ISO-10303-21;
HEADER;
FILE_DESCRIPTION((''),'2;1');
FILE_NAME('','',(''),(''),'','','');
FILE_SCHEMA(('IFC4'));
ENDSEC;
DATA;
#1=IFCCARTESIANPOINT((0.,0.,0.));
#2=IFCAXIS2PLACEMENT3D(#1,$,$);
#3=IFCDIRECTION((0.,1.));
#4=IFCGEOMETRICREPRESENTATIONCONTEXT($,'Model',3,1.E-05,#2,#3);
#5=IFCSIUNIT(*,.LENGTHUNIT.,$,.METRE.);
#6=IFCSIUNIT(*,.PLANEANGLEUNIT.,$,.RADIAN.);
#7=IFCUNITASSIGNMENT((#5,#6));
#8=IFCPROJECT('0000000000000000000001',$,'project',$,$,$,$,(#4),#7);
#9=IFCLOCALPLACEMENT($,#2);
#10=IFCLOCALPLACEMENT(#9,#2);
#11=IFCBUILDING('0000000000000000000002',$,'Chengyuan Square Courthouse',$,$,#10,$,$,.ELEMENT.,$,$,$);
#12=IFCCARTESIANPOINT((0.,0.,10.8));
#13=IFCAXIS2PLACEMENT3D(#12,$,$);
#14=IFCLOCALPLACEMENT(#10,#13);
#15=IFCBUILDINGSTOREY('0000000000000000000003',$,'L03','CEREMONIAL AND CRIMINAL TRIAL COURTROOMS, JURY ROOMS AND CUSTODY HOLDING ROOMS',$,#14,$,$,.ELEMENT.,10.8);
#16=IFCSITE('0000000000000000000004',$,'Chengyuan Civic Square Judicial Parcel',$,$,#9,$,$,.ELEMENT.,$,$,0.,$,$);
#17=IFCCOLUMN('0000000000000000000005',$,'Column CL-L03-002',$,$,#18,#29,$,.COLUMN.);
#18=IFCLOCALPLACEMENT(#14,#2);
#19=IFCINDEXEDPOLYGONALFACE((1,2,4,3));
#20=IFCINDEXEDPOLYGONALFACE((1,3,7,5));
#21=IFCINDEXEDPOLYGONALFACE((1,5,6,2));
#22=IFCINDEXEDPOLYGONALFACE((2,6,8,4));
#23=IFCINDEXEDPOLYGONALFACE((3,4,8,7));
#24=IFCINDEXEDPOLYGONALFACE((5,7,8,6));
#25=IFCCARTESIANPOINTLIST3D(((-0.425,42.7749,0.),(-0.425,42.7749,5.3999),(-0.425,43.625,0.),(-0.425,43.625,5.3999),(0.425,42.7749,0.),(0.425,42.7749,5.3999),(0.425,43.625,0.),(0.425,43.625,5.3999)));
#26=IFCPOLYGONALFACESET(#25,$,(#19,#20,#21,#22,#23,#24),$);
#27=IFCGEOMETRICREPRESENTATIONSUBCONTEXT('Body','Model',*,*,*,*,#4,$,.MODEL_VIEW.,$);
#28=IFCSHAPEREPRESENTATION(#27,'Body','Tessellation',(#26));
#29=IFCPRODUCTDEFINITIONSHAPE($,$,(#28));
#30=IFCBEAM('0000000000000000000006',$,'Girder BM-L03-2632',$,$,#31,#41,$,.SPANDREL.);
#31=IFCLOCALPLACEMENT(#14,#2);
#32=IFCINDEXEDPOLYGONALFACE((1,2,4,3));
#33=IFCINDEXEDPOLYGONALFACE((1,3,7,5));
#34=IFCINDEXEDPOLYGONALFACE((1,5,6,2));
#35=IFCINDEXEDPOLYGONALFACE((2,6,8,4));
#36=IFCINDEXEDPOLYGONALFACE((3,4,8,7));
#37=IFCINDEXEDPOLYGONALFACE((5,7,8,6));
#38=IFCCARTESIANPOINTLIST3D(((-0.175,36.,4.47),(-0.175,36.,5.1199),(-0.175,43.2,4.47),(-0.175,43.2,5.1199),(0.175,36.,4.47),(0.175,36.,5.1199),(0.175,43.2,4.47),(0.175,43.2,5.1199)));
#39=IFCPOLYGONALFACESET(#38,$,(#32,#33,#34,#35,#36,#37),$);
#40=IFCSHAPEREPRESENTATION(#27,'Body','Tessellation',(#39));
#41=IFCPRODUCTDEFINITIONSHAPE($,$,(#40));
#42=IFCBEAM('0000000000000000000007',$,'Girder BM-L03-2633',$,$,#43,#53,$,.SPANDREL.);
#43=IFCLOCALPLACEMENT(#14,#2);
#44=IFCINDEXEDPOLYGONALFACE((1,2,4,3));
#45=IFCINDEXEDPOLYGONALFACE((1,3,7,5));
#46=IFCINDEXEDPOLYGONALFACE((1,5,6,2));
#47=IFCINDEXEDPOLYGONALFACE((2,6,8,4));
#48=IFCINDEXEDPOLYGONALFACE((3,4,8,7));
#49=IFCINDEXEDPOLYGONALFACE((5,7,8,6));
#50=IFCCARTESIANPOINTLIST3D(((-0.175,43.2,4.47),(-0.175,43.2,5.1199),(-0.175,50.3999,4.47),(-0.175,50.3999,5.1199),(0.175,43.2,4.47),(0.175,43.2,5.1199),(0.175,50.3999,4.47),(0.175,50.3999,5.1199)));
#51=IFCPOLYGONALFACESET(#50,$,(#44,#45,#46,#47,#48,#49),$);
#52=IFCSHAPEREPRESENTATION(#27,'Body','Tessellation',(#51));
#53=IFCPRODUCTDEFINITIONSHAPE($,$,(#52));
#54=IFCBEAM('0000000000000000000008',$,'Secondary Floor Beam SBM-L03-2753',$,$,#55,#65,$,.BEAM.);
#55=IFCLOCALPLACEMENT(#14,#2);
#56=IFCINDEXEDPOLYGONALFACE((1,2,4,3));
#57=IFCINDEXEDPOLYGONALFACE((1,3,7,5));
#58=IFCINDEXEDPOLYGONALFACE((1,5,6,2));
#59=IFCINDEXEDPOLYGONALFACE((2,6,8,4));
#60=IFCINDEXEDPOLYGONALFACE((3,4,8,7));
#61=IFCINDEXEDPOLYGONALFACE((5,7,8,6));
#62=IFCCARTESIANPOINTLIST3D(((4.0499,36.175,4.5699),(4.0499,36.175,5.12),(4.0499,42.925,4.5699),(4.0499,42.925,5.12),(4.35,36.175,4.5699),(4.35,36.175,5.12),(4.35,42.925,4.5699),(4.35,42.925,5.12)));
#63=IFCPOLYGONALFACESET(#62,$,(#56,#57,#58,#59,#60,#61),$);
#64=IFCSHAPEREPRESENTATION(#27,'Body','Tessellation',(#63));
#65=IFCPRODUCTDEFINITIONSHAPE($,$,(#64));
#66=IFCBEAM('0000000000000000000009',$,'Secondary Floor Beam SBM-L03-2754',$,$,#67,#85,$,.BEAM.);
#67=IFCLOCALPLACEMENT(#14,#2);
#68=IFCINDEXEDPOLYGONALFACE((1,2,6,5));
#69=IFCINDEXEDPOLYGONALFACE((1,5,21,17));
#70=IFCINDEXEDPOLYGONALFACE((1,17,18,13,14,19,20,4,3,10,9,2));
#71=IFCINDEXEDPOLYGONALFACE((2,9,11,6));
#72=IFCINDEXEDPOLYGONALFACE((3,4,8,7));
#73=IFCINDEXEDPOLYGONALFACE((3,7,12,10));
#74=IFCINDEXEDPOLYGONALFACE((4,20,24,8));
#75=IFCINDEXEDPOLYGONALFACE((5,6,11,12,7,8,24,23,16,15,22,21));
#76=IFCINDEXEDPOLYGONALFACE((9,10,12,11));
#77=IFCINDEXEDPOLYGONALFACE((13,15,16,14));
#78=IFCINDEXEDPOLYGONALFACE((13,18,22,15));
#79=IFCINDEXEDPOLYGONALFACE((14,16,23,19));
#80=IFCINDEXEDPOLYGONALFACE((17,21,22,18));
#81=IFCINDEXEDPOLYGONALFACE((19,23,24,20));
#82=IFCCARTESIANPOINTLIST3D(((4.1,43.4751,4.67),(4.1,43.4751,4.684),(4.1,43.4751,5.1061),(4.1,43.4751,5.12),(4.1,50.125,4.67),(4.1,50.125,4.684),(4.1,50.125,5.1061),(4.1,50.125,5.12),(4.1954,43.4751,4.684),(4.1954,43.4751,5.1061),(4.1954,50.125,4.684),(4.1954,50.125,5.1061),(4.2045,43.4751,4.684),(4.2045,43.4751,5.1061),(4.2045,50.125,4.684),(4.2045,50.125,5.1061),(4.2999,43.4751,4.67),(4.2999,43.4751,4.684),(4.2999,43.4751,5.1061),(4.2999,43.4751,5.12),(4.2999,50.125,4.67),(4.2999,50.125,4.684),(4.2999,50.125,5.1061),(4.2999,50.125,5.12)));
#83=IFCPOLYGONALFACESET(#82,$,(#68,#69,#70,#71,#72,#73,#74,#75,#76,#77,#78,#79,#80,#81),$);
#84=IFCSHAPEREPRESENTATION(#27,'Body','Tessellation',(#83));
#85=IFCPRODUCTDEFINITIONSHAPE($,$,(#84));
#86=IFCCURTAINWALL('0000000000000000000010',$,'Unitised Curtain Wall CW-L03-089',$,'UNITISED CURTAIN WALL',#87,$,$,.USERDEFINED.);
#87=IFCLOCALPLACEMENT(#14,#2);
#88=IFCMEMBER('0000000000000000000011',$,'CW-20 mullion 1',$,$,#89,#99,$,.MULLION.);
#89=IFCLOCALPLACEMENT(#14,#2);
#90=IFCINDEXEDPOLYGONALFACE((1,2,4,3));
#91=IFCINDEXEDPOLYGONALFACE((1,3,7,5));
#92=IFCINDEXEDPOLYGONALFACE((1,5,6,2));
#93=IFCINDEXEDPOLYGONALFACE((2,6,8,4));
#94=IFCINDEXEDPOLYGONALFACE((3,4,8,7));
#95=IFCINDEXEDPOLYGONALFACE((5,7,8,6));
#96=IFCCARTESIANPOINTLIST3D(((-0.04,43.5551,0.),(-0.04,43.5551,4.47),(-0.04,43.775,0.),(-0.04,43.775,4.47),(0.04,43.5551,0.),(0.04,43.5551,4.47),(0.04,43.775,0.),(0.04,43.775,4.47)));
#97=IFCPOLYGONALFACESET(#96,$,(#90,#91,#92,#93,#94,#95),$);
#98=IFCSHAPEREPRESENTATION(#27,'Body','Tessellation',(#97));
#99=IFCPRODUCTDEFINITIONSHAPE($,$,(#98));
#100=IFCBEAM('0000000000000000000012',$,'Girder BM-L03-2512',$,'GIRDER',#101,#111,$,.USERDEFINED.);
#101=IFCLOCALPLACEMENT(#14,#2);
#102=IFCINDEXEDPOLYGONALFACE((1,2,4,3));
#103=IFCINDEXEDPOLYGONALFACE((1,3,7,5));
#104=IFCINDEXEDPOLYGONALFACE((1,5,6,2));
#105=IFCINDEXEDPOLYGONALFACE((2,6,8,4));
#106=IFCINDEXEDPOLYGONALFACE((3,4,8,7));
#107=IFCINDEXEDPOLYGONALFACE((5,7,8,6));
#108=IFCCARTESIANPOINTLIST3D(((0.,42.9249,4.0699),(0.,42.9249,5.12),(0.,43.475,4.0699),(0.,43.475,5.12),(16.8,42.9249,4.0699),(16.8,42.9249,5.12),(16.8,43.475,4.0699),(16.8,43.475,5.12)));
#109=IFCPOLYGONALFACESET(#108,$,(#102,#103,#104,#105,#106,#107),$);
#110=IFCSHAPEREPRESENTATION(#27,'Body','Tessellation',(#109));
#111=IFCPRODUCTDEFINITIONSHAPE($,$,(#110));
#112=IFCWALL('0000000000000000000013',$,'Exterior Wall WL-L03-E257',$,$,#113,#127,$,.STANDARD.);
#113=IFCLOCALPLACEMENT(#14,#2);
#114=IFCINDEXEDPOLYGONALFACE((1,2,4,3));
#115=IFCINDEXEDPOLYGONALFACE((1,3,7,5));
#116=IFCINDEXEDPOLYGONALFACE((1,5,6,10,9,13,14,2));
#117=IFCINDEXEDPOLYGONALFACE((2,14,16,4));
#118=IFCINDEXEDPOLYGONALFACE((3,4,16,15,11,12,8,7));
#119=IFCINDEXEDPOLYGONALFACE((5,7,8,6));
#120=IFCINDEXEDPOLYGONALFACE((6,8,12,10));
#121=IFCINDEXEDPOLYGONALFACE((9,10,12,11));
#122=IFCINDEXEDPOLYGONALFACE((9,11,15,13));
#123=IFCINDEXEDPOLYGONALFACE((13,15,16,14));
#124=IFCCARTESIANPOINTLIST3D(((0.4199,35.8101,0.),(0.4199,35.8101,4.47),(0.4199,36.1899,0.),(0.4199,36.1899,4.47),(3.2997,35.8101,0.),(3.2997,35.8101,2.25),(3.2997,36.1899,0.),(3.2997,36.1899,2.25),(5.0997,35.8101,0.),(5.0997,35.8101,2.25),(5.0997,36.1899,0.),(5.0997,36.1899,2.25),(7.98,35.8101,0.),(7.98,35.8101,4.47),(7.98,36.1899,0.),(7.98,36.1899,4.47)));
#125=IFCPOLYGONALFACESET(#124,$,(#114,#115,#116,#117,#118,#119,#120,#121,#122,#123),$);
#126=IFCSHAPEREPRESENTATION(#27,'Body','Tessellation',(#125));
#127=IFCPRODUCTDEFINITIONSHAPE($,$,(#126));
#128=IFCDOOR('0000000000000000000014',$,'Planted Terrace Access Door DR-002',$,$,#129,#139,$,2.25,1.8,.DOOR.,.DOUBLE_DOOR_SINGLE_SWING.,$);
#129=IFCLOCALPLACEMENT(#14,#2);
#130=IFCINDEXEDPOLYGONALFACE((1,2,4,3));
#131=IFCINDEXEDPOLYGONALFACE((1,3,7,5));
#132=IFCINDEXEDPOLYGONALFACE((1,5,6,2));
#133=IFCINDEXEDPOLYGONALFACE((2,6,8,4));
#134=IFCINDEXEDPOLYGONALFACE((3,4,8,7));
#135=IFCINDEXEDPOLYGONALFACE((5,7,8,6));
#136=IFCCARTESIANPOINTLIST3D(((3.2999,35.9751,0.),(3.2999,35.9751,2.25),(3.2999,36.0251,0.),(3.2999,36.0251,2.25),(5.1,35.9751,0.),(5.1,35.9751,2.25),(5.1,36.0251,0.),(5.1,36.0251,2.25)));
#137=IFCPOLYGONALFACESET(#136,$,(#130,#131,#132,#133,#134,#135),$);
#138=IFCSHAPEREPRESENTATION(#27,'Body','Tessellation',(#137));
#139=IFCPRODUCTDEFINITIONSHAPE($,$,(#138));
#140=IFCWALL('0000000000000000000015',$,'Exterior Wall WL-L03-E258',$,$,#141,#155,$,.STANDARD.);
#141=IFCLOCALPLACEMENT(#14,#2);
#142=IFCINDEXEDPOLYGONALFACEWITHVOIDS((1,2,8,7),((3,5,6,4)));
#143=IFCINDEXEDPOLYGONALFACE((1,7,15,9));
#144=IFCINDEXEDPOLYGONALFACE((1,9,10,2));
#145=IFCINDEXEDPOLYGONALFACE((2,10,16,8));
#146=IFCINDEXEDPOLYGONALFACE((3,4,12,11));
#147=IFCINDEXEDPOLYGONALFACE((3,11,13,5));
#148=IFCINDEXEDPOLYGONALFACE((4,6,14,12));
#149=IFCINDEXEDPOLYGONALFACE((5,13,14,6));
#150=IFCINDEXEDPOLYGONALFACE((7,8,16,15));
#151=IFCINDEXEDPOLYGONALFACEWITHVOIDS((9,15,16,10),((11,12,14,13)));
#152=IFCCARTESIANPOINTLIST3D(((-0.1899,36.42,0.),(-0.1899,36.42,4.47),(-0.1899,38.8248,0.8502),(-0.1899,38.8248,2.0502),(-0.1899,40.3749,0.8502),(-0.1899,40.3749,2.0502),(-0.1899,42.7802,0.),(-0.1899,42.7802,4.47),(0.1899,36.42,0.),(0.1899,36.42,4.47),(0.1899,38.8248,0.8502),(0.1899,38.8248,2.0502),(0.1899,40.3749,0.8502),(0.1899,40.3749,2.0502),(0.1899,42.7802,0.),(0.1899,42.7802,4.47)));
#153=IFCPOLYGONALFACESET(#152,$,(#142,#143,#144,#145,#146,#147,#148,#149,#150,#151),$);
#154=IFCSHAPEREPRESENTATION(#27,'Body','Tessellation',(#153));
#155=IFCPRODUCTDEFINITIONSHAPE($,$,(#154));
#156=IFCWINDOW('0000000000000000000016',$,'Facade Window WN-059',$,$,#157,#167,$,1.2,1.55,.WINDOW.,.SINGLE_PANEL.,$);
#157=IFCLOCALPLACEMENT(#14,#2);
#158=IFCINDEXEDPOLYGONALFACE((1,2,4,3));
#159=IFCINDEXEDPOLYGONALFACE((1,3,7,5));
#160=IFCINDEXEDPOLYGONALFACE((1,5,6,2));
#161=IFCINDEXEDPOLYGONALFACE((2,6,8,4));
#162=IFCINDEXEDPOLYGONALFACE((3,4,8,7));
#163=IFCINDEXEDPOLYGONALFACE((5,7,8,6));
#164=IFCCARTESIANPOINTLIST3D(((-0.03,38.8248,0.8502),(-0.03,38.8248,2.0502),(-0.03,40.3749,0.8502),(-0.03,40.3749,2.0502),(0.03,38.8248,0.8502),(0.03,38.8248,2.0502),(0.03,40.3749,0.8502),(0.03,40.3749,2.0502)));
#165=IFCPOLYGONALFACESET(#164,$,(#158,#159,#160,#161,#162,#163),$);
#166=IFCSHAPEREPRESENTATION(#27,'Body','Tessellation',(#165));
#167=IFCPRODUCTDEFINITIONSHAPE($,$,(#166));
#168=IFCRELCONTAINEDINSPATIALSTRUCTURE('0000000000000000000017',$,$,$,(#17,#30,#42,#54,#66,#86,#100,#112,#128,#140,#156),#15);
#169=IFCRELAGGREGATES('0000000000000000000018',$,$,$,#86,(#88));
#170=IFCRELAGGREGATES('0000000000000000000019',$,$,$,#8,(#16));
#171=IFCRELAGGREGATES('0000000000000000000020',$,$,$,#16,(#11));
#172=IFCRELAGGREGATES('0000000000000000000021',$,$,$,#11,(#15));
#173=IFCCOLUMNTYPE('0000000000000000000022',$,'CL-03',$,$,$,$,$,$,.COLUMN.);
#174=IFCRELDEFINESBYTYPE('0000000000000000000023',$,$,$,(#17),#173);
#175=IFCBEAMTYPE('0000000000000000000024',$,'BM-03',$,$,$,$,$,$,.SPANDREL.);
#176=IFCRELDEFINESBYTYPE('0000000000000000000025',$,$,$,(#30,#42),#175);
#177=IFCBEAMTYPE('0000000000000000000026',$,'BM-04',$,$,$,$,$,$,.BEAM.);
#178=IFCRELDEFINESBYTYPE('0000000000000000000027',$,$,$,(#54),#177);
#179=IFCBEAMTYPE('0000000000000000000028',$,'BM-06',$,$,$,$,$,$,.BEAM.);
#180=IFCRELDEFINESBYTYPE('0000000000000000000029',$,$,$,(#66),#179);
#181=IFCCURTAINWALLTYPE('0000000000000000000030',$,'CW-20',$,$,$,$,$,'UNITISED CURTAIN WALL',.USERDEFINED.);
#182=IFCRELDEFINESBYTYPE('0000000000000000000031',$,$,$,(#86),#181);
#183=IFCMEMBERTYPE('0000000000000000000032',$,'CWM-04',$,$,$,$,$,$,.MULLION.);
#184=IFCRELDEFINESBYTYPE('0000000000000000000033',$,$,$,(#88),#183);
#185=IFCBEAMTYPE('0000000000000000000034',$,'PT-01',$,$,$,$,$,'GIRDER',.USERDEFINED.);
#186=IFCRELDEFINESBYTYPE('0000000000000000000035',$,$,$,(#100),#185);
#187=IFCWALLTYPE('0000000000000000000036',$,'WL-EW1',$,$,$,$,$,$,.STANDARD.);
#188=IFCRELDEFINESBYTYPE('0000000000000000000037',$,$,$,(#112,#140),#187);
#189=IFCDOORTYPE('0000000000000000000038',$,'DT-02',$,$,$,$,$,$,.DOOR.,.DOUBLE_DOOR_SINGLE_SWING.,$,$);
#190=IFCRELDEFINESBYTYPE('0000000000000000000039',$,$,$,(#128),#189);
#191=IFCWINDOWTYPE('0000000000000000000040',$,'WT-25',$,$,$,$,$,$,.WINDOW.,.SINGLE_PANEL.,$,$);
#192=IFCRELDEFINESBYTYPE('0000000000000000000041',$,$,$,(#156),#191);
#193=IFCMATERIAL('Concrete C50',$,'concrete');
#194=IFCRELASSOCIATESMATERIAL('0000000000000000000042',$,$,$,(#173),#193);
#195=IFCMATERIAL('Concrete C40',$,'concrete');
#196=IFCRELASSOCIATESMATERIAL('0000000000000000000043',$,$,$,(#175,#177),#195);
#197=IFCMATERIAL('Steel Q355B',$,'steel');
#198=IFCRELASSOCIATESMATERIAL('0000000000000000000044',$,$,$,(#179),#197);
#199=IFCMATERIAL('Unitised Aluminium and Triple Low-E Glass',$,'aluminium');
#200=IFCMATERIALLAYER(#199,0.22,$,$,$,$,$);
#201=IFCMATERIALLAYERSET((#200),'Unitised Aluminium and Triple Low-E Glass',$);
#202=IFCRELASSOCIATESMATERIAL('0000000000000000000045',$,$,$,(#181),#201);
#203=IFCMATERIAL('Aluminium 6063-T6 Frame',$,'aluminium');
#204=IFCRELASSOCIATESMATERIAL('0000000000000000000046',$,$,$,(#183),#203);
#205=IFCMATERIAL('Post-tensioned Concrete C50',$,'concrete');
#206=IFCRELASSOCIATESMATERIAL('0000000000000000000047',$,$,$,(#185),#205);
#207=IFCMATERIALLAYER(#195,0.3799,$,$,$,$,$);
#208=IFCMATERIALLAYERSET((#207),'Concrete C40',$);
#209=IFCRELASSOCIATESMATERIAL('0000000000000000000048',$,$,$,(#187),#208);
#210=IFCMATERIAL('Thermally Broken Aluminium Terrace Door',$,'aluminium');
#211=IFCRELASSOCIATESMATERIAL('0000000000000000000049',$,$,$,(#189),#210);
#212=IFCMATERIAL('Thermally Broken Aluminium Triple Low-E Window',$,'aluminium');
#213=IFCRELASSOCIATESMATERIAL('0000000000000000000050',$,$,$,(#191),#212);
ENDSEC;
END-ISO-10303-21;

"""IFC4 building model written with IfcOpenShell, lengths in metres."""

from ifc_helpers import new_model, si_unit, direction, frame, frame_2d, origin, origin_2d, place, context, subcontext, project, spatial, rectangle, i_section, extrude, material, layer, layer_set, material_profile, profile_set, type_object, element, fill, aggregate, save


model = new_model("IFC4")

# Units and contexts
model_context = context("Model", 3, precision=1e-05, world=origin(), true_north=direction((0.0, 1.0)))
body_context = subcontext(model_context, "Body", "Model", "MODEL_VIEW")
ifc_project = project(units=[si_unit("LENGTHUNIT", "METRE"), si_unit("PLANEANGLEUNIT", "RADIAN")], contexts=[model_context])

# Site, building, storey
site_placement = place(None, origin())
site = spatial("IfcSite", under=ifc_project, at=site_placement, Name="Chengyuan Civic Square Judicial Parcel", CompositionType="ELEMENT", RefElevation=0.0)
building_placement = place(site_placement, origin())
building = spatial("IfcBuilding", under=site, at=building_placement, Name="Chengyuan Square Courthouse", CompositionType="ELEMENT")
storey_placement = place(building_placement, frame((0.0, 0.0, 10.8)))
storey = spatial("IfcBuildingStorey", under=building, at=storey_placement, Name="L03", Description="CEREMONIAL AND CRIMINAL TRIAL COURTROOMS, JURY ROOMS AND CUSTODY HOLDING ROOMS", CompositionType="ELEMENT", Elevation=10.8)

# Column
ifc_material_1 = material(Name="Concrete C50", Category="concrete")
ifc_material_profile_1 = material_profile(ifc_material_1, rectangle(XDim=0.8501, YDim=0.8501, at=origin_2d()), Name="RC-COL-850x850")
ifc_profile_set_1 = profile_set([ifc_material_profile_1], Name="Concrete C50")
column_type = type_object("IfcColumnType", Name="CL-03", PredefinedType="COLUMN", material=ifc_profile_set_1)
column_placement = place(storey_placement, frame((0.0, 43.2, 0.0), z_axis=(0.0, 0.0, 1.0), x_axis=(1.0, 0.0, 0.0)))
element("IfcColumn", 1, at=column_placement, inside=storey, type_object=column_type, Name="Column CL-L03-002", PredefinedType="COLUMN", context=body_context, shape_type="SweptSolid", body=[
    extrude(rectangle(XDim=0.8501, YDim=0.8501, at=origin_2d()), origin(), (0.0, 0.0, 1.0), 5.3999),
])

# Beams
ifc_material_2 = material(Name="Concrete C40", Category="concrete")
ifc_material_profile_2 = material_profile(ifc_material_2, rectangle(XDim=0.3501, YDim=0.6499, at=origin_2d()), Name="RC-BM-350x650")
ifc_profile_set_2 = profile_set([ifc_material_profile_2], Name="Concrete C40")
beam_type_1 = type_object("IfcBeamType", Name="BM-03", PredefinedType="SPANDREL", material=ifc_profile_set_2)
for number, where, z_axis, x_axis, name in (
    (2, (0.0, 36.0, 4.7949), (0.0, 1.0, 0.0), (-1.0, 0.0, 0.0), "Girder BM-L03-2632"),
    (3, (0.0, 43.2, 4.7949), (0.0, 1.0, 0.0), (-1.0, 0.0, 0.0), "Girder BM-L03-2633"),
):
    element("IfcBeam", number, at=place(storey_placement, frame(where, z_axis=z_axis, x_axis=x_axis)), inside=storey, type_object=beam_type_1, Name=name, PredefinedType="SPANDREL", context=body_context, shape_type="SweptSolid", body=[
        extrude(rectangle(XDim=0.3501, YDim=0.6499, at=origin_2d()), origin(), (0.0, 0.0, 1.0), 7.2),
    ])
ifc_material_profile_3 = material_profile(ifc_material_2, rectangle(XDim=0.3, YDim=0.55, at=origin_2d()), Name="RC-BM-300x550")
ifc_profile_set_3 = profile_set([ifc_material_profile_3], Name="Concrete C40")
beam_type_2 = type_object("IfcBeamType", Name="BM-04", PredefinedType="BEAM", material=ifc_profile_set_3)
beam_1_placement = place(storey_placement, frame((4.2, 36.175, 4.845), z_axis=(0.0, 1.0, 0.0), x_axis=(-1.0, 0.0, 0.0)))
element("IfcBeam", 4, at=beam_1_placement, inside=storey, type_object=beam_type_2, Name="Secondary Floor Beam SBM-L03-2753", PredefinedType="BEAM", context=body_context, shape_type="SweptSolid", body=[
    extrude(rectangle(XDim=0.3, YDim=0.55, at=origin_2d()), origin(), (0.0, 0.0, 1.0), 6.75),
])
ifc_material_3 = material(Name="Steel Q355B", Category="steel")
ifc_material_profile_4 = material_profile(ifc_material_3, i_section(OverallWidth=0.2, OverallDepth=0.45, WebThickness=0.009, FlangeThickness=0.0139, at=origin_2d()), Name="HN 450x200x9x14")
ifc_profile_set_4 = profile_set([ifc_material_profile_4], Name="Steel Q355B")
beam_type_3 = type_object("IfcBeamType", Name="BM-06", PredefinedType="BEAM", material=ifc_profile_set_4)
beam_2_placement = place(storey_placement, frame((4.2, 43.4751, 4.895), z_axis=(0.0, 1.0, 0.0), x_axis=(-1.0, 0.0, 0.0)))
element("IfcBeam", 5, at=beam_2_placement, inside=storey, type_object=beam_type_3, Name="Secondary Floor Beam SBM-L03-2754", PredefinedType="BEAM", context=body_context, shape_type="SweptSolid", body=[
    extrude(i_section(OverallWidth=0.2, OverallDepth=0.45, WebThickness=0.009, FlangeThickness=0.0139, at=origin_2d()), origin(), (0.0, 0.0, 1.0), 6.6499),
])

# Curtain wall, member
ifc_material_4 = material(Name="Unitised Aluminium and Triple Low-E Glass", Category="aluminium")
ifc_layer_1 = layer(ifc_material_4, 0.22)
ifc_layer_set_1 = layer_set([ifc_layer_1], Name="Unitised Aluminium and Triple Low-E Glass")
curtain_wall_type = type_object("IfcCurtainWallType", Name="CW-20", ElementType="UNITISED CURTAIN WALL", PredefinedType="USERDEFINED", material=ifc_layer_set_1)
curtain_wall_placement = place(storey_placement, origin())
curtain_wall = element("IfcCurtainWall", 6, at=curtain_wall_placement, inside=storey, type_object=curtain_wall_type, Name="Unitised Curtain Wall CW-L03-089", ObjectType="UNITISED CURTAIN WALL", PredefinedType="USERDEFINED")
ifc_material_5 = material(Name="Aluminium 6063-T6 Frame", Category="aluminium")
ifc_material_profile_5 = material_profile(ifc_material_5, rectangle(XDim=0.0801, YDim=0.22, at=origin_2d()), Name="CW-MUL-80x220")
ifc_profile_set_5 = profile_set([ifc_material_profile_5], Name="Aluminium 6063-T6 Frame")
member_type = type_object("IfcMemberType", Name="CWM-04", PredefinedType="MULLION", material=ifc_profile_set_5)
member_placement = place(storey_placement, frame((0.0, 43.665, 0.0), z_axis=(0.0, 0.0, 1.0), x_axis=(-1.0, 0.0, 0.0)))
member = element("IfcMember", 7, at=member_placement, type_object=member_type, Name="CW-20 mullion 1", PredefinedType="MULLION", context=body_context, shape_type="SweptSolid", body=[
    extrude(rectangle(XDim=0.0801, YDim=0.22, at=origin_2d()), origin(), (0.0, 0.0, 1.0), 4.47),
])
aggregate(curtain_wall, [member])

# Beam
ifc_material_6 = material(Name="Post-tensioned Concrete C50", Category="concrete")
ifc_material_profile_6 = material_profile(ifc_material_6, rectangle(XDim=0.55, YDim=1.05, at=origin_2d()), Name="PT-BM-550x1050")
ifc_profile_set_6 = profile_set([ifc_material_profile_6], Name="Post-tensioned Concrete C50")
beam_type_4 = type_object("IfcBeamType", Name="PT-01", ElementType="GIRDER", PredefinedType="USERDEFINED", material=ifc_profile_set_6)
beam_3_placement = place(storey_placement, frame((0.0, 43.2, 4.595), z_axis=(1.0, 0.0, 0.0), x_axis=(0.0, 1.0, 0.0)))
element("IfcBeam", 8, at=beam_3_placement, inside=storey, type_object=beam_type_4, Name="Girder BM-L03-2512", ObjectType="GIRDER", PredefinedType="USERDEFINED", context=body_context, shape_type="SweptSolid", body=[
    extrude(rectangle(XDim=0.55, YDim=1.05, at=origin_2d()), origin(), (0.0, 0.0, 1.0), 16.8),
])

# Wall, opening, door
ifc_layer_2 = layer(ifc_material_2, 0.3799)
ifc_layer_set_2 = layer_set([ifc_layer_2], Name="Concrete C40")
wall_type_1 = type_object("IfcWallType", Name="WL-EW1", PredefinedType="STANDARD", material=ifc_layer_set_2)
wall_1_placement = place(storey_placement, frame((0.4199, 36.0, 0.0), z_axis=(0.0, 0.0, 1.0), x_axis=(1.0, 0.0, 0.0)))
wall_1 = element("IfcWall", 9, at=wall_1_placement, inside=storey, type_object=wall_type_1, Name="Exterior Wall WL-L03-E257", PredefinedType="STANDARD", context=body_context, shape_type="SweptSolid", body=[
    extrude(rectangle(XDim=7.5601, YDim=0.3799, at=frame_2d((3.78, 0.0))), origin(), (0.0, 0.0, 1.0), 4.47),
])
opening_1_placement = place(wall_1_placement, frame((2.8799, 0.0, 0.0)))
opening_1 = element("IfcOpeningElement", 10, at=opening_1_placement, cuts=wall_1, PredefinedType="OPENING", context=body_context, shape_type="SweptSolid", body=[
    extrude(rectangle(XDim=1.8, YDim=2.25, at=frame_2d((0.8999, 1.125))), frame((0.0, 0.2019, 0.0), z_axis=(0.0, -1.0, 0.0), x_axis=(1.0, 0.0, 0.0)), (0.0, 0.0, 1.0), 0.4038),
])
ifc_material_7 = material(Name="Thermally Broken Aluminium Terrace Door", Category="aluminium")
door_type_1 = type_object("IfcDoorType", Name="DT-02", OperationType="DOUBLE_DOOR_SINGLE_SWING", PredefinedType="DOOR", material=ifc_material_7)
door_1_placement = place(opening_1_placement, frame((1.8, 0.0, 0.0), z_axis=(0.0, 0.0, 1.0), x_axis=(-1.0, 0.0, 0.0)))
door_1 = element("IfcDoor", 11, at=door_1_placement, inside=storey, type_object=door_type_1, Name="Planted Terrace Access Door DR-002", OperationType="DOUBLE_DOOR_SINGLE_SWING", OverallHeight=2.25, OverallWidth=1.8, PredefinedType="DOOR", context=body_context, shape_type="SweptSolid", body=[
    extrude(rectangle(XDim=1.8, YDim=2.25, at=frame_2d((0.8999, 1.125))), frame((0.0, 0.0249, 0.0), z_axis=(0.0, -1.0, 0.0), x_axis=(1.0, 0.0, 0.0)), (0.0, 0.0, 1.0), 0.05),
])
fill(opening_1, door_1)

# Wall, opening, window
wall_2_placement = place(storey_placement, frame((0.0, 36.4199, 0.0), z_axis=(0.0, 0.0, 1.0), x_axis=(0.0, 1.0, 0.0)))
wall_2 = element("IfcWall", 12, at=wall_2_placement, inside=storey, type_object=wall_type_1, Name="Exterior Wall WL-L03-E258", PredefinedType="STANDARD", context=body_context, shape_type="SweptSolid", body=[
    extrude(rectangle(XDim=6.3601, YDim=0.3799, at=frame_2d((3.1802, 0.0))), origin(), (0.0, 0.0, 1.0), 4.47),
])
opening_2_placement = place(wall_2_placement, frame((2.405, 0.0, 0.8501)))
opening_2 = element("IfcOpeningElement", 13, at=opening_2_placement, cuts=wall_2, PredefinedType="OPENING", context=body_context, shape_type="SweptSolid", body=[
    extrude(rectangle(XDim=1.55, YDim=1.2, at=frame_2d((0.7749, 0.6001))), frame((0.0, 0.2019, 0.0), z_axis=(0.0, -1.0, 0.0), x_axis=(1.0, 0.0, 0.0)), (0.0, 0.0, 1.0), 0.4038),
])
ifc_material_8 = material(Name="Thermally Broken Aluminium Triple Low-E Window", Category="aluminium")
window_type = type_object("IfcWindowType", Name="WT-25", PartitioningType="SINGLE_PANEL", PredefinedType="WINDOW", material=ifc_material_8)
window_placement = place(opening_2_placement, origin())
window = element("IfcWindow", 14, at=window_placement, inside=storey, type_object=window_type, Name="Facade Window WN-059", OverallHeight=1.2, OverallWidth=1.55, PartitioningType="SINGLE_PANEL", PredefinedType="WINDOW", context=body_context, shape_type="SweptSolid", body=[
    extrude(rectangle(XDim=1.55, YDim=1.2, at=frame_2d((0.7749, 0.6001))), frame((0.0, 0.03, 0.0), z_axis=(0.0, -1.0, 0.0), x_axis=(1.0, 0.0, 0.0)), (0.0, 0.0, 1.0), 0.0601),
])
fill(opening_2, window)

save(model, "model.ifc")
